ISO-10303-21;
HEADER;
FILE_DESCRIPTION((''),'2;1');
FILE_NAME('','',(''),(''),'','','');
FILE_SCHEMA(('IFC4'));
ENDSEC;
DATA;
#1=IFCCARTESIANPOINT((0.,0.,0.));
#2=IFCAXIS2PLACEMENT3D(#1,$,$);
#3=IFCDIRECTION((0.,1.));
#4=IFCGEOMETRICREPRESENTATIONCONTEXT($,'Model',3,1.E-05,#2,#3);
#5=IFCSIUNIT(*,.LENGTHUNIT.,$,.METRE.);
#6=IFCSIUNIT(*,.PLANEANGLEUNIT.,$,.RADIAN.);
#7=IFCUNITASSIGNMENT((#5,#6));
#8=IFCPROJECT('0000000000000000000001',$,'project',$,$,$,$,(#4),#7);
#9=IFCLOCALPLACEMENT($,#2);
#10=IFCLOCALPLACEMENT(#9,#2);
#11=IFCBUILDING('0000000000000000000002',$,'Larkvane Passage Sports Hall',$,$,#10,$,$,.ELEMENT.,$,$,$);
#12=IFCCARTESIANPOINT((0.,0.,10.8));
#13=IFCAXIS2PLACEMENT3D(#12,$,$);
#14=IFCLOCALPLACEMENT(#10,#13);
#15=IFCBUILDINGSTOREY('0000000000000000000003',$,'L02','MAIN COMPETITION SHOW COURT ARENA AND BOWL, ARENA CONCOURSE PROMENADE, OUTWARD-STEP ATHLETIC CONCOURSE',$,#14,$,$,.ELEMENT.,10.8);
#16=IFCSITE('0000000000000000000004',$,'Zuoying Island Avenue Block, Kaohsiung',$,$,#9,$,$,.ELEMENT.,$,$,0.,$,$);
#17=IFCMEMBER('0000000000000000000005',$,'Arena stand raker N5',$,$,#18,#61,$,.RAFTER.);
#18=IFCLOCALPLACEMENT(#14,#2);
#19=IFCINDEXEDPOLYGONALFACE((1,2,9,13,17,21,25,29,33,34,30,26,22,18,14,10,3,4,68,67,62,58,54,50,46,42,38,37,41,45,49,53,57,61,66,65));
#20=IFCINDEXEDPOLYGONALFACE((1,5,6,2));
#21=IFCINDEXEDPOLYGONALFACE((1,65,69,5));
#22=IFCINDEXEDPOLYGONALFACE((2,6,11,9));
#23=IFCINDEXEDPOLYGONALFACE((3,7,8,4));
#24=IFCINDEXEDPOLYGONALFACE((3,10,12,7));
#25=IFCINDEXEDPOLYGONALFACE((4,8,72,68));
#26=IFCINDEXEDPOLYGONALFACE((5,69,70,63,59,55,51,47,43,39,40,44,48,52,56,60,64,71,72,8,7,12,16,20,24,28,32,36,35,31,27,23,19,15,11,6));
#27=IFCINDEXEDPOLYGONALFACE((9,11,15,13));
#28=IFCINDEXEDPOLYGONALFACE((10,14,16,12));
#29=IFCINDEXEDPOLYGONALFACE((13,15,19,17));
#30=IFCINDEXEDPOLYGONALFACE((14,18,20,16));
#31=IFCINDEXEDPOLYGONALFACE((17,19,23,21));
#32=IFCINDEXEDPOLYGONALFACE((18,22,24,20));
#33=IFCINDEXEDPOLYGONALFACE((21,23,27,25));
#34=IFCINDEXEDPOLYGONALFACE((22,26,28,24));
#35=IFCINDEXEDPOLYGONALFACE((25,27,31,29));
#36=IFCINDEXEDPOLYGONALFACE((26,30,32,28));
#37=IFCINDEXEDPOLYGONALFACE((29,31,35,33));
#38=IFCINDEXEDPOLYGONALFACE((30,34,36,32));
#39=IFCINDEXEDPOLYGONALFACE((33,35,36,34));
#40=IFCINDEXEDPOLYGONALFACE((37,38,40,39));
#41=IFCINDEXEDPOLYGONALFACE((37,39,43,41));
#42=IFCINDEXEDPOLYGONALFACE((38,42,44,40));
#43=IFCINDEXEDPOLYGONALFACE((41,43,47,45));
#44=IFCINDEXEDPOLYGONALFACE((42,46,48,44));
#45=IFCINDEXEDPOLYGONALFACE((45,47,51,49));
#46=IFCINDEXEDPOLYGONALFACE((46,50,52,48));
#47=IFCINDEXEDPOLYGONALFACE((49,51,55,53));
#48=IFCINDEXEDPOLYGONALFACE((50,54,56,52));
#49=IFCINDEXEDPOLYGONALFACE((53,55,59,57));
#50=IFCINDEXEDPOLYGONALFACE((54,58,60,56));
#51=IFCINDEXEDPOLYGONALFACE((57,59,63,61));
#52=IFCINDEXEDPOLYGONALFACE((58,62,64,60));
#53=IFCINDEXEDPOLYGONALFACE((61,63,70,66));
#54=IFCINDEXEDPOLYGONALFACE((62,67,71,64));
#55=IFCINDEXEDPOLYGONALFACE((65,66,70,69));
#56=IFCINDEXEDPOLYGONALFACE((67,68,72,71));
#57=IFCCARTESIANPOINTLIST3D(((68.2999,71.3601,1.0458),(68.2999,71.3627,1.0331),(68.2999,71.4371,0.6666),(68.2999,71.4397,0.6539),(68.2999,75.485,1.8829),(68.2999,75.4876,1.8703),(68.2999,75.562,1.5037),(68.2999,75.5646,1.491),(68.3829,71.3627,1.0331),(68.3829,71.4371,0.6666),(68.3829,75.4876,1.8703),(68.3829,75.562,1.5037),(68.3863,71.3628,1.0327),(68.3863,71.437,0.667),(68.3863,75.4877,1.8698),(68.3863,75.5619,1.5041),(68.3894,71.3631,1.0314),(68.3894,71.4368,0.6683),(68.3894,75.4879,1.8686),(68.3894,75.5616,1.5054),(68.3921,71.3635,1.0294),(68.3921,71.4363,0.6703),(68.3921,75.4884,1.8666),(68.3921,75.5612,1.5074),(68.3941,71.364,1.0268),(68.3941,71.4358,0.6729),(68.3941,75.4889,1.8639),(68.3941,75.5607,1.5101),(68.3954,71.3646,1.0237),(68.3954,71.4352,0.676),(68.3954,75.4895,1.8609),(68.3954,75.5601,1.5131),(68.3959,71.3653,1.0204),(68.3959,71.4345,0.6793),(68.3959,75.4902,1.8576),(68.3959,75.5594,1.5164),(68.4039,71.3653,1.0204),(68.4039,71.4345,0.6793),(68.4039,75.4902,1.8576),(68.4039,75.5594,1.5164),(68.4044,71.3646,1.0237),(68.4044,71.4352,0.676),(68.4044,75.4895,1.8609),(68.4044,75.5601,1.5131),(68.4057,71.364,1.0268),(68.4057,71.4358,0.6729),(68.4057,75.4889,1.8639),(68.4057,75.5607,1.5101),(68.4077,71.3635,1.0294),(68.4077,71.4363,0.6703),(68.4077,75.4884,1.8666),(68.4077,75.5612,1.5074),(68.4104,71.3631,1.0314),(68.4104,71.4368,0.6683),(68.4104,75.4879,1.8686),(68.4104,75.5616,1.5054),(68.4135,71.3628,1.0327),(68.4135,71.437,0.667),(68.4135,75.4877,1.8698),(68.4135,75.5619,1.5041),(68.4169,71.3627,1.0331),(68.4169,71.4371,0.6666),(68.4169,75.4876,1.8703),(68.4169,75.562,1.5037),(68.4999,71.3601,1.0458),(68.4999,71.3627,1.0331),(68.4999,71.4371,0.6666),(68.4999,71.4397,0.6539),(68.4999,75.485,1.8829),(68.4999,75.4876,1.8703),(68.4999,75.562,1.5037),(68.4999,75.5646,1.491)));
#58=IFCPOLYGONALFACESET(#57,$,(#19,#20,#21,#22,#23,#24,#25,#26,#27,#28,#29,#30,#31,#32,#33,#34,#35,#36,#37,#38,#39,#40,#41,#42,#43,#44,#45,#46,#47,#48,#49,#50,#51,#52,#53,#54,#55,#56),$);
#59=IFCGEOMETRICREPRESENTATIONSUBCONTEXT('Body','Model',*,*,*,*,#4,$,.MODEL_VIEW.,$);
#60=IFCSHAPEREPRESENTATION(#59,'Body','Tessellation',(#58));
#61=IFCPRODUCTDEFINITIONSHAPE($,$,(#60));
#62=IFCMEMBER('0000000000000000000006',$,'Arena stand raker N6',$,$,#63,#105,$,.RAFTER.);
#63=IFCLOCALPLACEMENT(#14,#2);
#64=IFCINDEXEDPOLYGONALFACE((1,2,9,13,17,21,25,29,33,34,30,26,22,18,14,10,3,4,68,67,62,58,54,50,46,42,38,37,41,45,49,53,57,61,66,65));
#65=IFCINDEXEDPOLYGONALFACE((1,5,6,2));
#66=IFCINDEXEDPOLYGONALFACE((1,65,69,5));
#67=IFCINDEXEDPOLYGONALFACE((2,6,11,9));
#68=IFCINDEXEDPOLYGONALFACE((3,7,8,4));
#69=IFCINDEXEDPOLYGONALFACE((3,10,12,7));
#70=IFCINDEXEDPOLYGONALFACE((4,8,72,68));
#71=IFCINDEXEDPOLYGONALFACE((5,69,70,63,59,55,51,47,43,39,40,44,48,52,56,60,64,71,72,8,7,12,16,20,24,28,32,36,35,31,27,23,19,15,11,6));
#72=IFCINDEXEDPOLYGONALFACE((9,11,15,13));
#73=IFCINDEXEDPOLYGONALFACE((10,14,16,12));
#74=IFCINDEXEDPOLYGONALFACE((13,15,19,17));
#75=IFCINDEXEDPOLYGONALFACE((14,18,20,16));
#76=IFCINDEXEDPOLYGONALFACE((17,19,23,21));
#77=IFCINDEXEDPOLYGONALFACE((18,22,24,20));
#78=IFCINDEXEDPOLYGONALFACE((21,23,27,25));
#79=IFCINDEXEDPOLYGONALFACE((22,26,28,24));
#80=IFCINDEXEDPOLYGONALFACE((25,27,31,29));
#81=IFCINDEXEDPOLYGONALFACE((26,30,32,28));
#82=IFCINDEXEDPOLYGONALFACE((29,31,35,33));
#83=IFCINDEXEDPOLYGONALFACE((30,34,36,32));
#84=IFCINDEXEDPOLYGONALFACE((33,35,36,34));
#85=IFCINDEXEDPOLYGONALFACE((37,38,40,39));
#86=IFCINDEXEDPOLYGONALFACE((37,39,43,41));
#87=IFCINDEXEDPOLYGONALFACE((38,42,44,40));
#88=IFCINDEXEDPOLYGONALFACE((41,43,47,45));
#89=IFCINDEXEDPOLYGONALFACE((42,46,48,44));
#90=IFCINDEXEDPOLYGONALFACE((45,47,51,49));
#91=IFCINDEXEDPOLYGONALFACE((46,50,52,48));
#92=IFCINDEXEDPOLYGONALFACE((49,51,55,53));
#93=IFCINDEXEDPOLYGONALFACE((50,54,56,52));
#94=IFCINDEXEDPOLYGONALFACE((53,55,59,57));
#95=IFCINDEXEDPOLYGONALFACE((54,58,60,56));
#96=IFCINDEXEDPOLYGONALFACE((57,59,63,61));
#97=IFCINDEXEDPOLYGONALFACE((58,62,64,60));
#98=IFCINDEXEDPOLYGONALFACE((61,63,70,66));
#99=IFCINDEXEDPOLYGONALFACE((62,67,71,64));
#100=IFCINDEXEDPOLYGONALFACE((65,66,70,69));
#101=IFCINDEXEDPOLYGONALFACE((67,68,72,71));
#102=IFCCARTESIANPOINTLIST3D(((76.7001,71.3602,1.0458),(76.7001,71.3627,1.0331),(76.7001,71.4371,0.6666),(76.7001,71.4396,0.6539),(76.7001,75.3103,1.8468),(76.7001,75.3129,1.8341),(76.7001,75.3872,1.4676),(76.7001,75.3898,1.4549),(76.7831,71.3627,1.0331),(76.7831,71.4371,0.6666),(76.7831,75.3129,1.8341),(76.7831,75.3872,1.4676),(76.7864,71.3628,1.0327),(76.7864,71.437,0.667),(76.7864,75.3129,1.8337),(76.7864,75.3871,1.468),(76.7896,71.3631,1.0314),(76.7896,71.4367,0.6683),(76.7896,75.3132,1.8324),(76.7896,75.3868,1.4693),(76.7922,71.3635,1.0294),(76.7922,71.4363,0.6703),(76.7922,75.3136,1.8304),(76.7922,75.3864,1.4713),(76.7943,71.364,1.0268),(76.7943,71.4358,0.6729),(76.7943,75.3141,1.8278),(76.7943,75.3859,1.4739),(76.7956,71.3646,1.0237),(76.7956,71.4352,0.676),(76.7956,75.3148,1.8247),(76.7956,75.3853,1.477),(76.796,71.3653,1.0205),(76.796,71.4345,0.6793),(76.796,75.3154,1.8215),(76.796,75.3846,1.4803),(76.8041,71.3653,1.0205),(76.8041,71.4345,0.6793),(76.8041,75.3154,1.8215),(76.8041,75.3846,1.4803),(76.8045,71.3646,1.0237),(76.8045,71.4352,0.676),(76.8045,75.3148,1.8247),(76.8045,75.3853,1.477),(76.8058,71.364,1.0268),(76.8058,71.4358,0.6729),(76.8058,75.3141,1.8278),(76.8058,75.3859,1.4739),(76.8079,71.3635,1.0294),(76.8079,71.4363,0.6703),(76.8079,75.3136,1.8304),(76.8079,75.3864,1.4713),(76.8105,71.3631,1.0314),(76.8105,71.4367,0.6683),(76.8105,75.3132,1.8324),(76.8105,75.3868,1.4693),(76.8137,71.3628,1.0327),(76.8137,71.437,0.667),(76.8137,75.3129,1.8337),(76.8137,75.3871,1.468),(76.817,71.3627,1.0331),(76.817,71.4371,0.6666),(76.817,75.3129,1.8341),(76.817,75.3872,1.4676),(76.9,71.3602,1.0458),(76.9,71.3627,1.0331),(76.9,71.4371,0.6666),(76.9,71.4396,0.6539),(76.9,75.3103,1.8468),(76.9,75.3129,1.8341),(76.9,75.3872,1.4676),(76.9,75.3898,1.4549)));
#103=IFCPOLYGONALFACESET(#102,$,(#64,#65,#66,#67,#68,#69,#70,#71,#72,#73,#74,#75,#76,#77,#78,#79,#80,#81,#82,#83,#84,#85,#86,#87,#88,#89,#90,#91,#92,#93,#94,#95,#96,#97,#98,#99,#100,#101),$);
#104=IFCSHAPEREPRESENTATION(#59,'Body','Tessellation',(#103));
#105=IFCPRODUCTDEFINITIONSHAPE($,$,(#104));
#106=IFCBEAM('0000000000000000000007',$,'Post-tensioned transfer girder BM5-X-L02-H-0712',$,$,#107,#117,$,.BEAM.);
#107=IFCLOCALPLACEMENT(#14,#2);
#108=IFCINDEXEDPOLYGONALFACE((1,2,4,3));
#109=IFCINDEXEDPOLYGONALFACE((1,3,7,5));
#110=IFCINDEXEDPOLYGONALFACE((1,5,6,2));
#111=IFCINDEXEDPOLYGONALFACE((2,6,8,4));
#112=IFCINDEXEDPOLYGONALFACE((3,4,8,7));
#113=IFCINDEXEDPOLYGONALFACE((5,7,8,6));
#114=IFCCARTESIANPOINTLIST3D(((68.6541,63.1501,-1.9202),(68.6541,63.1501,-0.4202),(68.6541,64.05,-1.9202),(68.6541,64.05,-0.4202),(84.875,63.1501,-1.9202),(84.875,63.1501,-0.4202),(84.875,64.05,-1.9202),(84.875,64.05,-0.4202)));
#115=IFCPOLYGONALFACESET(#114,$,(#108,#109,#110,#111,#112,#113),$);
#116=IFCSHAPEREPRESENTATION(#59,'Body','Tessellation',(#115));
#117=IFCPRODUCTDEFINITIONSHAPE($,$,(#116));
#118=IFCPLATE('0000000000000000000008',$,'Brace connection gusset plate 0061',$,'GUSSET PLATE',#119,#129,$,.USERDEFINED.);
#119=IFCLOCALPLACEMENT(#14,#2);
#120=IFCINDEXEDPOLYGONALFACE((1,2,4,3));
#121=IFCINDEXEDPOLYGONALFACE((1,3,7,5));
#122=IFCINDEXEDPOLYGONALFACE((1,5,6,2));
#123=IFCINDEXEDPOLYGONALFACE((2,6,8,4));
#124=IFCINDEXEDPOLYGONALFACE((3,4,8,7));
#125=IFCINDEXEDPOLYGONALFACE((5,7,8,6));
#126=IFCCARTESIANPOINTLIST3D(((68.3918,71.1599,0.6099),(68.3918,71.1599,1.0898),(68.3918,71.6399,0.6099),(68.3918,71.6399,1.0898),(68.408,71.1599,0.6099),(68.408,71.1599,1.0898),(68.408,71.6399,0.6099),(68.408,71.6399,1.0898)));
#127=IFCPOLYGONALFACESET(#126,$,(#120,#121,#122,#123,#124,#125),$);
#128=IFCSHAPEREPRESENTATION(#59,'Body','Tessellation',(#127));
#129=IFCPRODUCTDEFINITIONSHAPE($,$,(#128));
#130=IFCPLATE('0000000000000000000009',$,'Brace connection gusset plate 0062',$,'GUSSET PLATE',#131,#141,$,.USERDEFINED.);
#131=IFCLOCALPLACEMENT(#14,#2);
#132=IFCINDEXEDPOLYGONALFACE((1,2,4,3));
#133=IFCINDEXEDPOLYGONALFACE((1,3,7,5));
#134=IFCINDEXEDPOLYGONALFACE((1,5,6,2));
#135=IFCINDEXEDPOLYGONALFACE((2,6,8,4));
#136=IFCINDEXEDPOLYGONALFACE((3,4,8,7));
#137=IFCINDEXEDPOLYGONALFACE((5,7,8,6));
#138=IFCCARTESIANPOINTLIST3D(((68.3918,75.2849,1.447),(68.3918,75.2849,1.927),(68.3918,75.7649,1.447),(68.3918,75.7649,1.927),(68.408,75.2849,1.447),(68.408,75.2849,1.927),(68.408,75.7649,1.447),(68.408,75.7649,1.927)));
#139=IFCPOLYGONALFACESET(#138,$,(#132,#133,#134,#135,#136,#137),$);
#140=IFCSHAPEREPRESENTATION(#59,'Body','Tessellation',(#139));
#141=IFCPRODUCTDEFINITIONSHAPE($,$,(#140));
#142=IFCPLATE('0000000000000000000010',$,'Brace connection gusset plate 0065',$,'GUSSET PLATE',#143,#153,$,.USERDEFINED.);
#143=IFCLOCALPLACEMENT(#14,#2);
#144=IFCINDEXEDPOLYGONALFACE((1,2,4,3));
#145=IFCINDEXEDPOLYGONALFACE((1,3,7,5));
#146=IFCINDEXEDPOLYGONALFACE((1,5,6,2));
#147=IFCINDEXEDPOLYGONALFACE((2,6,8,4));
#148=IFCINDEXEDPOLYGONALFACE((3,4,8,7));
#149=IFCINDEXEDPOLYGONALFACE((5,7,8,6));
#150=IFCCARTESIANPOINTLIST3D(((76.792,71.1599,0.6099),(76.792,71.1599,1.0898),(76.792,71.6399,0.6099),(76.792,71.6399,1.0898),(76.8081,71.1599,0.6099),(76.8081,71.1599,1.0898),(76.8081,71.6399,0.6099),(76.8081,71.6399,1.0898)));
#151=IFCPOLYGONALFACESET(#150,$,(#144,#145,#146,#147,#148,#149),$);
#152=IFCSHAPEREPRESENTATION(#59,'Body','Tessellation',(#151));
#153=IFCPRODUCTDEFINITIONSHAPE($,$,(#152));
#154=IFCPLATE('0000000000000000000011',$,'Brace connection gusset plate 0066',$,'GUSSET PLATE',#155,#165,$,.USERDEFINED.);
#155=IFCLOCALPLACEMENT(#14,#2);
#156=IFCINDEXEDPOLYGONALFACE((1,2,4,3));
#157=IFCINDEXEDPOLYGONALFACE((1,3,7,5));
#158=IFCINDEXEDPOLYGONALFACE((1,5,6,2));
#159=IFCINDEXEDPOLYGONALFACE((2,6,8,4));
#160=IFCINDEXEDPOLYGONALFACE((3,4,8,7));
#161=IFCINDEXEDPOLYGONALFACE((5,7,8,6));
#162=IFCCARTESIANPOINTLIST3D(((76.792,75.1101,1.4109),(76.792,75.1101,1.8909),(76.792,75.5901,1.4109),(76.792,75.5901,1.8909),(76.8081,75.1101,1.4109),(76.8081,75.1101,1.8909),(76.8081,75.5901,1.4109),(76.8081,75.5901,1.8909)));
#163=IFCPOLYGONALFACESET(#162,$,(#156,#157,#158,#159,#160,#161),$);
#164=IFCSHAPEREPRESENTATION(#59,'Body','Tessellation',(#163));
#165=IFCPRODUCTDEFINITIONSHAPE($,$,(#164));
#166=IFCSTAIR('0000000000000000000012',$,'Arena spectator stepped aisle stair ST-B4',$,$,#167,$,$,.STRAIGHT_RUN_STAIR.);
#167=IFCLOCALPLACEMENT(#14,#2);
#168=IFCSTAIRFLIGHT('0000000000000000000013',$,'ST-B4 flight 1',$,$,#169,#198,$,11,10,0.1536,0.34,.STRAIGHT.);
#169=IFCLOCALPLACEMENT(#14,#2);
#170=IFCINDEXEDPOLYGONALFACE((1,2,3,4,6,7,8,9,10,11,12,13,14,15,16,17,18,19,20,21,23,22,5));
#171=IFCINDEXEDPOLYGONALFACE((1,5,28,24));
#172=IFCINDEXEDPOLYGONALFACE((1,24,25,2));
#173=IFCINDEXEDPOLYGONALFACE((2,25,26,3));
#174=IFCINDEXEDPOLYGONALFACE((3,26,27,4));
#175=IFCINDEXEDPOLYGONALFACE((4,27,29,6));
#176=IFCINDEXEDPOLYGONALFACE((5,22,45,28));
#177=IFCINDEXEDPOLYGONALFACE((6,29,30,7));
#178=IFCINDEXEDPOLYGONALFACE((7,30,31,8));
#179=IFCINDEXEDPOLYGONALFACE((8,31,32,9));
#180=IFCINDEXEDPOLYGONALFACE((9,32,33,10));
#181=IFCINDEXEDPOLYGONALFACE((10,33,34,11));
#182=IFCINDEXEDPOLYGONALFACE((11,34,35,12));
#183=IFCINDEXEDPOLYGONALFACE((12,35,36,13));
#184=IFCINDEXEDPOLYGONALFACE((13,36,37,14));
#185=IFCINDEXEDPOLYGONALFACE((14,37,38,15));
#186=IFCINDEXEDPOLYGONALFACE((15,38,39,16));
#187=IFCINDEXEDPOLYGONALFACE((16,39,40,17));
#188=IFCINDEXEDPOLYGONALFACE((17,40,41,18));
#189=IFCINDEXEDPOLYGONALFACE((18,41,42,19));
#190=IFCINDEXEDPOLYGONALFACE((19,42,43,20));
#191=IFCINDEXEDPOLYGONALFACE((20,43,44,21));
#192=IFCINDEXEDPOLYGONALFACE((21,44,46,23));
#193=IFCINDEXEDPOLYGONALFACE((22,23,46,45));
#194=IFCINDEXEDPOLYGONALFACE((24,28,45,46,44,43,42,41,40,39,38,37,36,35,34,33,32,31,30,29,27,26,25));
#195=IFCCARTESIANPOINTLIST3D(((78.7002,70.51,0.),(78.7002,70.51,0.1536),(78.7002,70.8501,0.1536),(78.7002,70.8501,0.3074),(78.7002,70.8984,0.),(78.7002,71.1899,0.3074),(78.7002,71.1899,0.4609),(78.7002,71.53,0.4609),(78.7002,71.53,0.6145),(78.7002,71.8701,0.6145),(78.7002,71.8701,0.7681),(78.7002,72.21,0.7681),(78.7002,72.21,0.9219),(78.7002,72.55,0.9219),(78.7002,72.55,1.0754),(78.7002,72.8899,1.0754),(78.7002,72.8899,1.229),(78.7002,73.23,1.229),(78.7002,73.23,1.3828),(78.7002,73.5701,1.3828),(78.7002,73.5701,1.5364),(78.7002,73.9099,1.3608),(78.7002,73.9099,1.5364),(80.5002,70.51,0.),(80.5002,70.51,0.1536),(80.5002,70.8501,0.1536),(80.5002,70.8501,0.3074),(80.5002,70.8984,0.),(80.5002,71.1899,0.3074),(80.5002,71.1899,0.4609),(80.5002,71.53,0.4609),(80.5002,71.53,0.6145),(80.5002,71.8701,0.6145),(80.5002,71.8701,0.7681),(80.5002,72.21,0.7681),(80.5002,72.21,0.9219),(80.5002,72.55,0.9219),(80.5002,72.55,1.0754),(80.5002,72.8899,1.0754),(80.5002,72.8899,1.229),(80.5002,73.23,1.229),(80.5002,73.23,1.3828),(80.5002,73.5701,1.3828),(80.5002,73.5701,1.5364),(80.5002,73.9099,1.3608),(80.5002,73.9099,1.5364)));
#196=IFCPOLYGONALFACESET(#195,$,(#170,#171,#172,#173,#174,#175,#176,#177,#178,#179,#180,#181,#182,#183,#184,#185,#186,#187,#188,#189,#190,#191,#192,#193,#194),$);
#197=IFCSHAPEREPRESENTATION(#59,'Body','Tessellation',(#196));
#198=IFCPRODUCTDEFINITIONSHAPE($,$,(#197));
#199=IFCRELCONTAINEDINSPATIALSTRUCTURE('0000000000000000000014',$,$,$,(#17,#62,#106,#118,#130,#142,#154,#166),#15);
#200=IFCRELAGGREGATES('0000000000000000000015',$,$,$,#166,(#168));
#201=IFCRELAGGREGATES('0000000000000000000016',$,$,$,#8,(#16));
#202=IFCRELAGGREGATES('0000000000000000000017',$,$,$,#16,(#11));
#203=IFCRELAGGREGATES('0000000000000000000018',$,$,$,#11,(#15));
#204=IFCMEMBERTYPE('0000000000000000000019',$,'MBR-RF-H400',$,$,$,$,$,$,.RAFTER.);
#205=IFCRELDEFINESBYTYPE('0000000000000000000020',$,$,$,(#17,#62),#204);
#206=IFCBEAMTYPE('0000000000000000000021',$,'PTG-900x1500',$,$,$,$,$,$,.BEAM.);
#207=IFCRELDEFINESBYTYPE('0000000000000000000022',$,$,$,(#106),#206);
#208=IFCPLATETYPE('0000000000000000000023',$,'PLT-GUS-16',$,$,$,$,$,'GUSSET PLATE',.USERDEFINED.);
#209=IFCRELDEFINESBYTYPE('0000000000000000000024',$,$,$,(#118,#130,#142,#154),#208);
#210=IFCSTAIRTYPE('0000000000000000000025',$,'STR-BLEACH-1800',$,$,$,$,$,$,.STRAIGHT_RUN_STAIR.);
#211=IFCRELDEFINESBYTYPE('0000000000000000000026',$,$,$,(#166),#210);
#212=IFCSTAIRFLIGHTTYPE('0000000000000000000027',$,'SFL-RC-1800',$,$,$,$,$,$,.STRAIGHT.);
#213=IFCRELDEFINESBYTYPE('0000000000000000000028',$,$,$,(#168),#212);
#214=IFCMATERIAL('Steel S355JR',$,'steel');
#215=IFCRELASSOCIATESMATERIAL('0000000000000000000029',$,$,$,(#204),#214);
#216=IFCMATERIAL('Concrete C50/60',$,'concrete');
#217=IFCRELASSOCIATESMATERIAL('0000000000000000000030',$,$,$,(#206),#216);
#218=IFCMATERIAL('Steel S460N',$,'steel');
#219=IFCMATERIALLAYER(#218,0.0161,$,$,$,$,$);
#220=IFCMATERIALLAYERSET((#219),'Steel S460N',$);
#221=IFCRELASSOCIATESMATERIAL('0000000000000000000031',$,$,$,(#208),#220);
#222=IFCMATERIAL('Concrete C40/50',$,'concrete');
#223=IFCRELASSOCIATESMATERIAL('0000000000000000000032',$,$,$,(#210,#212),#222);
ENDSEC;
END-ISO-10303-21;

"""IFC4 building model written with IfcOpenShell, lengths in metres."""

from ifc_helpers import new_model, si_unit, direction, frame, origin, origin_2d, place, context, subcontext, project, spatial, polyline, rectangle, i_section, outline, extrude, material, layer, layer_set, material_profile, profile_set, type_object, element, aggregate, save


model = new_model("IFC4")

# Units and contexts
model_context = context("Model", 3, precision=1e-05, world=origin(), true_north=direction((0.0, 1.0)))
body_context = subcontext(model_context, "Body", "Model", "MODEL_VIEW")
ifc_project = project(units=[si_unit("LENGTHUNIT", "METRE"), si_unit("PLANEANGLEUNIT", "RADIAN")], contexts=[model_context])

# Site, building, storey
site_placement = place(None, origin())
site = spatial("IfcSite", under=ifc_project, at=site_placement, Name="Zuoying Island Avenue Block, Kaohsiung", CompositionType="ELEMENT", RefElevation=0.0)
building_placement = place(site_placement, origin())
building = spatial("IfcBuilding", under=site, at=building_placement, Name="Larkvane Passage Sports Hall", CompositionType="ELEMENT")
storey_placement = place(building_placement, frame((0.0, 0.0, 10.8)))
storey = spatial("IfcBuildingStorey", under=building, at=storey_placement, Name="L02", Description="MAIN COMPETITION SHOW COURT ARENA AND BOWL, ARENA CONCOURSE PROMENADE, OUTWARD-STEP ATHLETIC CONCOURSE", CompositionType="ELEMENT", Elevation=10.8)

# Shared definitions
ifc_material_1 = material(Name="Steel S460N", Category="steel")
ifc_material_2 = material(Name="Steel S355JR", Category="steel")

# Members
ifc_material_profile_1 = material_profile(ifc_material_2, i_section(OverallWidth=0.2, OverallDepth=0.3999, WebThickness=0.0081, FlangeThickness=0.0129, FilletRadius=0.0129, at=origin_2d()), Name="H-400x200x8x13")
ifc_profile_set_1 = profile_set([ifc_material_profile_1], Name="Steel S355JR")
member_type = type_object("IfcMemberType", Name="MBR-RF-H400", PredefinedType="RAFTER", material=ifc_profile_set_1)
member_1_placement = place(storey_placement, frame((68.3999, 71.3999, 0.8499), z_axis=(0.0, 0.980021, 0.198893), x_axis=(-1.0, 0.0, 0.0)))
element("IfcMember", 1, at=member_1_placement, inside=storey, type_object=member_type, Name="Arena stand raker N5", PredefinedType="RAFTER", context=body_context, shape_type="SweptSolid", body=[
    extrude(i_section(OverallWidth=0.2, OverallDepth=0.3999, WebThickness=0.0081, FlangeThickness=0.0129, FilletRadius=0.0129, at=origin_2d()), origin(), (0.0, 0.0, 1.0), 4.209),
])
member_2_placement = place(storey_placement, frame((76.8, 71.3999, 0.8499), z_axis=(0.0, 0.980053, 0.198736), x_axis=(-1.0, 0.0, 0.0)))
element("IfcMember", 2, at=member_2_placement, inside=storey, type_object=member_type, Name="Arena stand raker N6", PredefinedType="RAFTER", context=body_context, shape_type="SweptSolid", body=[
    extrude(i_section(OverallWidth=0.2, OverallDepth=0.3999, WebThickness=0.0081, FlangeThickness=0.0129, FilletRadius=0.0129, at=origin_2d()), origin(), (0.0, 0.0, 1.0), 4.0305),
])

# Beam
ifc_material_3 = material(Name="Concrete C50/60", Category="concrete")
ifc_material_profile_2 = material_profile(ifc_material_3, rectangle(XDim=0.8999, YDim=1.5, at=origin_2d()), Name="PT-GIR-900x1500")
ifc_profile_set_2 = profile_set([ifc_material_profile_2], Name="Concrete C50/60")
beam_type_1 = type_object("IfcBeamType", Name="PTG-900x1500", PredefinedType="BEAM", material=ifc_profile_set_2)
beam_1_placement = place(storey_placement, frame((68.6541, 63.6001, -1.1702), z_axis=(1.0, 0.0, 0.0), x_axis=(0.0, 1.0, 0.0)))
element("IfcBeam", 3, at=beam_1_placement, inside=storey, type_object=beam_type_1, Name="Post-tensioned transfer girder BM5-X-L02-H-0712", PredefinedType="BEAM", context=body_context, shape_type="SweptSolid", body=[
    extrude(rectangle(XDim=0.8999, YDim=1.5, at=origin_2d()), origin(), (0.0, 0.0, 1.0), 16.2209),
])

# Plates
ifc_layer = layer(ifc_material_1, 0.0161)
ifc_layer_set = layer_set([ifc_layer], Name="Steel S460N")
plate_type = type_object("IfcPlateType", Name="PLT-GUS-16", ElementType="GUSSET PLATE", PredefinedType="USERDEFINED", material=ifc_layer_set)
for number, where, z_axis, x_axis, name in (
    (4, (68.3999, 71.3999, 0.6099), (0.0, 0.0, 1.0), (0.0, 1.0, 0.0), "Brace connection gusset plate 0061"),
    (5, (68.3999, 75.5249, 1.447), (0.0, 0.0, 1.0), (0.0, 1.0, 0.0), "Brace connection gusset plate 0062"),
    (6, (76.8, 71.3999, 0.6099), (0.0, 0.0, 1.0), (0.0, 1.0, 0.0), "Brace connection gusset plate 0065"),
    (7, (76.8, 75.3501, 1.4109), (0.0, 0.0, 1.0), (0.0, 1.0, 0.0), "Brace connection gusset plate 0066"),
):
    element("IfcPlate", number, at=place(storey_placement, frame(where, z_axis=z_axis, x_axis=x_axis)), inside=storey, type_object=plate_type, Name=name, ObjectType="GUSSET PLATE", PredefinedType="USERDEFINED", context=body_context, shape_type="SweptSolid", body=[
        extrude(rectangle(XDim=0.48, YDim=0.0161, at=origin_2d()), origin(), (0.0, 0.0, 1.0), 0.48),
    ])

# Stair, stair flight
ifc_material_4 = material(Name="Concrete C40/50", Category="concrete")
stair_type = type_object("IfcStairType", Name="STR-BLEACH-1800", PredefinedType="STRAIGHT_RUN_STAIR", material=ifc_material_4)
stair_placement = place(storey_placement, origin())
stair = element("IfcStair", 8, at=stair_placement, inside=storey, type_object=stair_type, Name="Arena spectator stepped aisle stair ST-B4", PredefinedType="STRAIGHT_RUN_STAIR")
stair_flight_type = type_object("IfcStairFlightType", Name="SFL-RC-1800", PredefinedType="STRAIGHT", material=ifc_material_4)
stair_flight_placement = place(storey_placement, frame((79.6001, 70.51, 0.0), z_axis=(0.0, 0.0, 1.0), x_axis=(0.0, 1.0, 0.0)))
stair_flight = element("IfcStairFlight", 9, at=stair_flight_placement, type_object=stair_flight_type, Name="ST-B4 flight 1", NumberOfRisers=11, NumberOfTreads=10, PredefinedType="STRAIGHT", RiserHeight=0.1536, TreadLength=0.34, context=body_context, shape_type="SweptSolid", body=[
    extrude(outline(polyline([(0.0, 0.0), (0.0, 0.1536), (0.3401, 0.1536), (0.3401, 0.3074), (0.6799, 0.3074), (0.6799, 0.4609), (1.02, 0.4609), (1.02, 0.6145), (1.3601, 0.6145), (1.3601, 0.7681), (1.7, 0.7681), (1.7, 0.9219), (2.04, 0.9219), (2.04, 1.0754), (2.3799, 1.0754), (2.3799, 1.229), (2.72, 1.229), (2.72, 1.3828), (3.0601, 1.3828), (3.0601, 1.5364), (3.3999, 1.5364), (3.3999, 1.6899), (3.3999, 1.3608), (0.3884, 0.0), (0.0, 0.0)])), frame((0.0, 0.8999, 0.0), z_axis=(0.0, -1.0, 0.0), x_axis=(1.0, 0.0, 0.0)), (0.0, 0.0, 1.0), 1.8),
])
aggregate(stair, [stair_flight])

save(model, "model.ifc")
